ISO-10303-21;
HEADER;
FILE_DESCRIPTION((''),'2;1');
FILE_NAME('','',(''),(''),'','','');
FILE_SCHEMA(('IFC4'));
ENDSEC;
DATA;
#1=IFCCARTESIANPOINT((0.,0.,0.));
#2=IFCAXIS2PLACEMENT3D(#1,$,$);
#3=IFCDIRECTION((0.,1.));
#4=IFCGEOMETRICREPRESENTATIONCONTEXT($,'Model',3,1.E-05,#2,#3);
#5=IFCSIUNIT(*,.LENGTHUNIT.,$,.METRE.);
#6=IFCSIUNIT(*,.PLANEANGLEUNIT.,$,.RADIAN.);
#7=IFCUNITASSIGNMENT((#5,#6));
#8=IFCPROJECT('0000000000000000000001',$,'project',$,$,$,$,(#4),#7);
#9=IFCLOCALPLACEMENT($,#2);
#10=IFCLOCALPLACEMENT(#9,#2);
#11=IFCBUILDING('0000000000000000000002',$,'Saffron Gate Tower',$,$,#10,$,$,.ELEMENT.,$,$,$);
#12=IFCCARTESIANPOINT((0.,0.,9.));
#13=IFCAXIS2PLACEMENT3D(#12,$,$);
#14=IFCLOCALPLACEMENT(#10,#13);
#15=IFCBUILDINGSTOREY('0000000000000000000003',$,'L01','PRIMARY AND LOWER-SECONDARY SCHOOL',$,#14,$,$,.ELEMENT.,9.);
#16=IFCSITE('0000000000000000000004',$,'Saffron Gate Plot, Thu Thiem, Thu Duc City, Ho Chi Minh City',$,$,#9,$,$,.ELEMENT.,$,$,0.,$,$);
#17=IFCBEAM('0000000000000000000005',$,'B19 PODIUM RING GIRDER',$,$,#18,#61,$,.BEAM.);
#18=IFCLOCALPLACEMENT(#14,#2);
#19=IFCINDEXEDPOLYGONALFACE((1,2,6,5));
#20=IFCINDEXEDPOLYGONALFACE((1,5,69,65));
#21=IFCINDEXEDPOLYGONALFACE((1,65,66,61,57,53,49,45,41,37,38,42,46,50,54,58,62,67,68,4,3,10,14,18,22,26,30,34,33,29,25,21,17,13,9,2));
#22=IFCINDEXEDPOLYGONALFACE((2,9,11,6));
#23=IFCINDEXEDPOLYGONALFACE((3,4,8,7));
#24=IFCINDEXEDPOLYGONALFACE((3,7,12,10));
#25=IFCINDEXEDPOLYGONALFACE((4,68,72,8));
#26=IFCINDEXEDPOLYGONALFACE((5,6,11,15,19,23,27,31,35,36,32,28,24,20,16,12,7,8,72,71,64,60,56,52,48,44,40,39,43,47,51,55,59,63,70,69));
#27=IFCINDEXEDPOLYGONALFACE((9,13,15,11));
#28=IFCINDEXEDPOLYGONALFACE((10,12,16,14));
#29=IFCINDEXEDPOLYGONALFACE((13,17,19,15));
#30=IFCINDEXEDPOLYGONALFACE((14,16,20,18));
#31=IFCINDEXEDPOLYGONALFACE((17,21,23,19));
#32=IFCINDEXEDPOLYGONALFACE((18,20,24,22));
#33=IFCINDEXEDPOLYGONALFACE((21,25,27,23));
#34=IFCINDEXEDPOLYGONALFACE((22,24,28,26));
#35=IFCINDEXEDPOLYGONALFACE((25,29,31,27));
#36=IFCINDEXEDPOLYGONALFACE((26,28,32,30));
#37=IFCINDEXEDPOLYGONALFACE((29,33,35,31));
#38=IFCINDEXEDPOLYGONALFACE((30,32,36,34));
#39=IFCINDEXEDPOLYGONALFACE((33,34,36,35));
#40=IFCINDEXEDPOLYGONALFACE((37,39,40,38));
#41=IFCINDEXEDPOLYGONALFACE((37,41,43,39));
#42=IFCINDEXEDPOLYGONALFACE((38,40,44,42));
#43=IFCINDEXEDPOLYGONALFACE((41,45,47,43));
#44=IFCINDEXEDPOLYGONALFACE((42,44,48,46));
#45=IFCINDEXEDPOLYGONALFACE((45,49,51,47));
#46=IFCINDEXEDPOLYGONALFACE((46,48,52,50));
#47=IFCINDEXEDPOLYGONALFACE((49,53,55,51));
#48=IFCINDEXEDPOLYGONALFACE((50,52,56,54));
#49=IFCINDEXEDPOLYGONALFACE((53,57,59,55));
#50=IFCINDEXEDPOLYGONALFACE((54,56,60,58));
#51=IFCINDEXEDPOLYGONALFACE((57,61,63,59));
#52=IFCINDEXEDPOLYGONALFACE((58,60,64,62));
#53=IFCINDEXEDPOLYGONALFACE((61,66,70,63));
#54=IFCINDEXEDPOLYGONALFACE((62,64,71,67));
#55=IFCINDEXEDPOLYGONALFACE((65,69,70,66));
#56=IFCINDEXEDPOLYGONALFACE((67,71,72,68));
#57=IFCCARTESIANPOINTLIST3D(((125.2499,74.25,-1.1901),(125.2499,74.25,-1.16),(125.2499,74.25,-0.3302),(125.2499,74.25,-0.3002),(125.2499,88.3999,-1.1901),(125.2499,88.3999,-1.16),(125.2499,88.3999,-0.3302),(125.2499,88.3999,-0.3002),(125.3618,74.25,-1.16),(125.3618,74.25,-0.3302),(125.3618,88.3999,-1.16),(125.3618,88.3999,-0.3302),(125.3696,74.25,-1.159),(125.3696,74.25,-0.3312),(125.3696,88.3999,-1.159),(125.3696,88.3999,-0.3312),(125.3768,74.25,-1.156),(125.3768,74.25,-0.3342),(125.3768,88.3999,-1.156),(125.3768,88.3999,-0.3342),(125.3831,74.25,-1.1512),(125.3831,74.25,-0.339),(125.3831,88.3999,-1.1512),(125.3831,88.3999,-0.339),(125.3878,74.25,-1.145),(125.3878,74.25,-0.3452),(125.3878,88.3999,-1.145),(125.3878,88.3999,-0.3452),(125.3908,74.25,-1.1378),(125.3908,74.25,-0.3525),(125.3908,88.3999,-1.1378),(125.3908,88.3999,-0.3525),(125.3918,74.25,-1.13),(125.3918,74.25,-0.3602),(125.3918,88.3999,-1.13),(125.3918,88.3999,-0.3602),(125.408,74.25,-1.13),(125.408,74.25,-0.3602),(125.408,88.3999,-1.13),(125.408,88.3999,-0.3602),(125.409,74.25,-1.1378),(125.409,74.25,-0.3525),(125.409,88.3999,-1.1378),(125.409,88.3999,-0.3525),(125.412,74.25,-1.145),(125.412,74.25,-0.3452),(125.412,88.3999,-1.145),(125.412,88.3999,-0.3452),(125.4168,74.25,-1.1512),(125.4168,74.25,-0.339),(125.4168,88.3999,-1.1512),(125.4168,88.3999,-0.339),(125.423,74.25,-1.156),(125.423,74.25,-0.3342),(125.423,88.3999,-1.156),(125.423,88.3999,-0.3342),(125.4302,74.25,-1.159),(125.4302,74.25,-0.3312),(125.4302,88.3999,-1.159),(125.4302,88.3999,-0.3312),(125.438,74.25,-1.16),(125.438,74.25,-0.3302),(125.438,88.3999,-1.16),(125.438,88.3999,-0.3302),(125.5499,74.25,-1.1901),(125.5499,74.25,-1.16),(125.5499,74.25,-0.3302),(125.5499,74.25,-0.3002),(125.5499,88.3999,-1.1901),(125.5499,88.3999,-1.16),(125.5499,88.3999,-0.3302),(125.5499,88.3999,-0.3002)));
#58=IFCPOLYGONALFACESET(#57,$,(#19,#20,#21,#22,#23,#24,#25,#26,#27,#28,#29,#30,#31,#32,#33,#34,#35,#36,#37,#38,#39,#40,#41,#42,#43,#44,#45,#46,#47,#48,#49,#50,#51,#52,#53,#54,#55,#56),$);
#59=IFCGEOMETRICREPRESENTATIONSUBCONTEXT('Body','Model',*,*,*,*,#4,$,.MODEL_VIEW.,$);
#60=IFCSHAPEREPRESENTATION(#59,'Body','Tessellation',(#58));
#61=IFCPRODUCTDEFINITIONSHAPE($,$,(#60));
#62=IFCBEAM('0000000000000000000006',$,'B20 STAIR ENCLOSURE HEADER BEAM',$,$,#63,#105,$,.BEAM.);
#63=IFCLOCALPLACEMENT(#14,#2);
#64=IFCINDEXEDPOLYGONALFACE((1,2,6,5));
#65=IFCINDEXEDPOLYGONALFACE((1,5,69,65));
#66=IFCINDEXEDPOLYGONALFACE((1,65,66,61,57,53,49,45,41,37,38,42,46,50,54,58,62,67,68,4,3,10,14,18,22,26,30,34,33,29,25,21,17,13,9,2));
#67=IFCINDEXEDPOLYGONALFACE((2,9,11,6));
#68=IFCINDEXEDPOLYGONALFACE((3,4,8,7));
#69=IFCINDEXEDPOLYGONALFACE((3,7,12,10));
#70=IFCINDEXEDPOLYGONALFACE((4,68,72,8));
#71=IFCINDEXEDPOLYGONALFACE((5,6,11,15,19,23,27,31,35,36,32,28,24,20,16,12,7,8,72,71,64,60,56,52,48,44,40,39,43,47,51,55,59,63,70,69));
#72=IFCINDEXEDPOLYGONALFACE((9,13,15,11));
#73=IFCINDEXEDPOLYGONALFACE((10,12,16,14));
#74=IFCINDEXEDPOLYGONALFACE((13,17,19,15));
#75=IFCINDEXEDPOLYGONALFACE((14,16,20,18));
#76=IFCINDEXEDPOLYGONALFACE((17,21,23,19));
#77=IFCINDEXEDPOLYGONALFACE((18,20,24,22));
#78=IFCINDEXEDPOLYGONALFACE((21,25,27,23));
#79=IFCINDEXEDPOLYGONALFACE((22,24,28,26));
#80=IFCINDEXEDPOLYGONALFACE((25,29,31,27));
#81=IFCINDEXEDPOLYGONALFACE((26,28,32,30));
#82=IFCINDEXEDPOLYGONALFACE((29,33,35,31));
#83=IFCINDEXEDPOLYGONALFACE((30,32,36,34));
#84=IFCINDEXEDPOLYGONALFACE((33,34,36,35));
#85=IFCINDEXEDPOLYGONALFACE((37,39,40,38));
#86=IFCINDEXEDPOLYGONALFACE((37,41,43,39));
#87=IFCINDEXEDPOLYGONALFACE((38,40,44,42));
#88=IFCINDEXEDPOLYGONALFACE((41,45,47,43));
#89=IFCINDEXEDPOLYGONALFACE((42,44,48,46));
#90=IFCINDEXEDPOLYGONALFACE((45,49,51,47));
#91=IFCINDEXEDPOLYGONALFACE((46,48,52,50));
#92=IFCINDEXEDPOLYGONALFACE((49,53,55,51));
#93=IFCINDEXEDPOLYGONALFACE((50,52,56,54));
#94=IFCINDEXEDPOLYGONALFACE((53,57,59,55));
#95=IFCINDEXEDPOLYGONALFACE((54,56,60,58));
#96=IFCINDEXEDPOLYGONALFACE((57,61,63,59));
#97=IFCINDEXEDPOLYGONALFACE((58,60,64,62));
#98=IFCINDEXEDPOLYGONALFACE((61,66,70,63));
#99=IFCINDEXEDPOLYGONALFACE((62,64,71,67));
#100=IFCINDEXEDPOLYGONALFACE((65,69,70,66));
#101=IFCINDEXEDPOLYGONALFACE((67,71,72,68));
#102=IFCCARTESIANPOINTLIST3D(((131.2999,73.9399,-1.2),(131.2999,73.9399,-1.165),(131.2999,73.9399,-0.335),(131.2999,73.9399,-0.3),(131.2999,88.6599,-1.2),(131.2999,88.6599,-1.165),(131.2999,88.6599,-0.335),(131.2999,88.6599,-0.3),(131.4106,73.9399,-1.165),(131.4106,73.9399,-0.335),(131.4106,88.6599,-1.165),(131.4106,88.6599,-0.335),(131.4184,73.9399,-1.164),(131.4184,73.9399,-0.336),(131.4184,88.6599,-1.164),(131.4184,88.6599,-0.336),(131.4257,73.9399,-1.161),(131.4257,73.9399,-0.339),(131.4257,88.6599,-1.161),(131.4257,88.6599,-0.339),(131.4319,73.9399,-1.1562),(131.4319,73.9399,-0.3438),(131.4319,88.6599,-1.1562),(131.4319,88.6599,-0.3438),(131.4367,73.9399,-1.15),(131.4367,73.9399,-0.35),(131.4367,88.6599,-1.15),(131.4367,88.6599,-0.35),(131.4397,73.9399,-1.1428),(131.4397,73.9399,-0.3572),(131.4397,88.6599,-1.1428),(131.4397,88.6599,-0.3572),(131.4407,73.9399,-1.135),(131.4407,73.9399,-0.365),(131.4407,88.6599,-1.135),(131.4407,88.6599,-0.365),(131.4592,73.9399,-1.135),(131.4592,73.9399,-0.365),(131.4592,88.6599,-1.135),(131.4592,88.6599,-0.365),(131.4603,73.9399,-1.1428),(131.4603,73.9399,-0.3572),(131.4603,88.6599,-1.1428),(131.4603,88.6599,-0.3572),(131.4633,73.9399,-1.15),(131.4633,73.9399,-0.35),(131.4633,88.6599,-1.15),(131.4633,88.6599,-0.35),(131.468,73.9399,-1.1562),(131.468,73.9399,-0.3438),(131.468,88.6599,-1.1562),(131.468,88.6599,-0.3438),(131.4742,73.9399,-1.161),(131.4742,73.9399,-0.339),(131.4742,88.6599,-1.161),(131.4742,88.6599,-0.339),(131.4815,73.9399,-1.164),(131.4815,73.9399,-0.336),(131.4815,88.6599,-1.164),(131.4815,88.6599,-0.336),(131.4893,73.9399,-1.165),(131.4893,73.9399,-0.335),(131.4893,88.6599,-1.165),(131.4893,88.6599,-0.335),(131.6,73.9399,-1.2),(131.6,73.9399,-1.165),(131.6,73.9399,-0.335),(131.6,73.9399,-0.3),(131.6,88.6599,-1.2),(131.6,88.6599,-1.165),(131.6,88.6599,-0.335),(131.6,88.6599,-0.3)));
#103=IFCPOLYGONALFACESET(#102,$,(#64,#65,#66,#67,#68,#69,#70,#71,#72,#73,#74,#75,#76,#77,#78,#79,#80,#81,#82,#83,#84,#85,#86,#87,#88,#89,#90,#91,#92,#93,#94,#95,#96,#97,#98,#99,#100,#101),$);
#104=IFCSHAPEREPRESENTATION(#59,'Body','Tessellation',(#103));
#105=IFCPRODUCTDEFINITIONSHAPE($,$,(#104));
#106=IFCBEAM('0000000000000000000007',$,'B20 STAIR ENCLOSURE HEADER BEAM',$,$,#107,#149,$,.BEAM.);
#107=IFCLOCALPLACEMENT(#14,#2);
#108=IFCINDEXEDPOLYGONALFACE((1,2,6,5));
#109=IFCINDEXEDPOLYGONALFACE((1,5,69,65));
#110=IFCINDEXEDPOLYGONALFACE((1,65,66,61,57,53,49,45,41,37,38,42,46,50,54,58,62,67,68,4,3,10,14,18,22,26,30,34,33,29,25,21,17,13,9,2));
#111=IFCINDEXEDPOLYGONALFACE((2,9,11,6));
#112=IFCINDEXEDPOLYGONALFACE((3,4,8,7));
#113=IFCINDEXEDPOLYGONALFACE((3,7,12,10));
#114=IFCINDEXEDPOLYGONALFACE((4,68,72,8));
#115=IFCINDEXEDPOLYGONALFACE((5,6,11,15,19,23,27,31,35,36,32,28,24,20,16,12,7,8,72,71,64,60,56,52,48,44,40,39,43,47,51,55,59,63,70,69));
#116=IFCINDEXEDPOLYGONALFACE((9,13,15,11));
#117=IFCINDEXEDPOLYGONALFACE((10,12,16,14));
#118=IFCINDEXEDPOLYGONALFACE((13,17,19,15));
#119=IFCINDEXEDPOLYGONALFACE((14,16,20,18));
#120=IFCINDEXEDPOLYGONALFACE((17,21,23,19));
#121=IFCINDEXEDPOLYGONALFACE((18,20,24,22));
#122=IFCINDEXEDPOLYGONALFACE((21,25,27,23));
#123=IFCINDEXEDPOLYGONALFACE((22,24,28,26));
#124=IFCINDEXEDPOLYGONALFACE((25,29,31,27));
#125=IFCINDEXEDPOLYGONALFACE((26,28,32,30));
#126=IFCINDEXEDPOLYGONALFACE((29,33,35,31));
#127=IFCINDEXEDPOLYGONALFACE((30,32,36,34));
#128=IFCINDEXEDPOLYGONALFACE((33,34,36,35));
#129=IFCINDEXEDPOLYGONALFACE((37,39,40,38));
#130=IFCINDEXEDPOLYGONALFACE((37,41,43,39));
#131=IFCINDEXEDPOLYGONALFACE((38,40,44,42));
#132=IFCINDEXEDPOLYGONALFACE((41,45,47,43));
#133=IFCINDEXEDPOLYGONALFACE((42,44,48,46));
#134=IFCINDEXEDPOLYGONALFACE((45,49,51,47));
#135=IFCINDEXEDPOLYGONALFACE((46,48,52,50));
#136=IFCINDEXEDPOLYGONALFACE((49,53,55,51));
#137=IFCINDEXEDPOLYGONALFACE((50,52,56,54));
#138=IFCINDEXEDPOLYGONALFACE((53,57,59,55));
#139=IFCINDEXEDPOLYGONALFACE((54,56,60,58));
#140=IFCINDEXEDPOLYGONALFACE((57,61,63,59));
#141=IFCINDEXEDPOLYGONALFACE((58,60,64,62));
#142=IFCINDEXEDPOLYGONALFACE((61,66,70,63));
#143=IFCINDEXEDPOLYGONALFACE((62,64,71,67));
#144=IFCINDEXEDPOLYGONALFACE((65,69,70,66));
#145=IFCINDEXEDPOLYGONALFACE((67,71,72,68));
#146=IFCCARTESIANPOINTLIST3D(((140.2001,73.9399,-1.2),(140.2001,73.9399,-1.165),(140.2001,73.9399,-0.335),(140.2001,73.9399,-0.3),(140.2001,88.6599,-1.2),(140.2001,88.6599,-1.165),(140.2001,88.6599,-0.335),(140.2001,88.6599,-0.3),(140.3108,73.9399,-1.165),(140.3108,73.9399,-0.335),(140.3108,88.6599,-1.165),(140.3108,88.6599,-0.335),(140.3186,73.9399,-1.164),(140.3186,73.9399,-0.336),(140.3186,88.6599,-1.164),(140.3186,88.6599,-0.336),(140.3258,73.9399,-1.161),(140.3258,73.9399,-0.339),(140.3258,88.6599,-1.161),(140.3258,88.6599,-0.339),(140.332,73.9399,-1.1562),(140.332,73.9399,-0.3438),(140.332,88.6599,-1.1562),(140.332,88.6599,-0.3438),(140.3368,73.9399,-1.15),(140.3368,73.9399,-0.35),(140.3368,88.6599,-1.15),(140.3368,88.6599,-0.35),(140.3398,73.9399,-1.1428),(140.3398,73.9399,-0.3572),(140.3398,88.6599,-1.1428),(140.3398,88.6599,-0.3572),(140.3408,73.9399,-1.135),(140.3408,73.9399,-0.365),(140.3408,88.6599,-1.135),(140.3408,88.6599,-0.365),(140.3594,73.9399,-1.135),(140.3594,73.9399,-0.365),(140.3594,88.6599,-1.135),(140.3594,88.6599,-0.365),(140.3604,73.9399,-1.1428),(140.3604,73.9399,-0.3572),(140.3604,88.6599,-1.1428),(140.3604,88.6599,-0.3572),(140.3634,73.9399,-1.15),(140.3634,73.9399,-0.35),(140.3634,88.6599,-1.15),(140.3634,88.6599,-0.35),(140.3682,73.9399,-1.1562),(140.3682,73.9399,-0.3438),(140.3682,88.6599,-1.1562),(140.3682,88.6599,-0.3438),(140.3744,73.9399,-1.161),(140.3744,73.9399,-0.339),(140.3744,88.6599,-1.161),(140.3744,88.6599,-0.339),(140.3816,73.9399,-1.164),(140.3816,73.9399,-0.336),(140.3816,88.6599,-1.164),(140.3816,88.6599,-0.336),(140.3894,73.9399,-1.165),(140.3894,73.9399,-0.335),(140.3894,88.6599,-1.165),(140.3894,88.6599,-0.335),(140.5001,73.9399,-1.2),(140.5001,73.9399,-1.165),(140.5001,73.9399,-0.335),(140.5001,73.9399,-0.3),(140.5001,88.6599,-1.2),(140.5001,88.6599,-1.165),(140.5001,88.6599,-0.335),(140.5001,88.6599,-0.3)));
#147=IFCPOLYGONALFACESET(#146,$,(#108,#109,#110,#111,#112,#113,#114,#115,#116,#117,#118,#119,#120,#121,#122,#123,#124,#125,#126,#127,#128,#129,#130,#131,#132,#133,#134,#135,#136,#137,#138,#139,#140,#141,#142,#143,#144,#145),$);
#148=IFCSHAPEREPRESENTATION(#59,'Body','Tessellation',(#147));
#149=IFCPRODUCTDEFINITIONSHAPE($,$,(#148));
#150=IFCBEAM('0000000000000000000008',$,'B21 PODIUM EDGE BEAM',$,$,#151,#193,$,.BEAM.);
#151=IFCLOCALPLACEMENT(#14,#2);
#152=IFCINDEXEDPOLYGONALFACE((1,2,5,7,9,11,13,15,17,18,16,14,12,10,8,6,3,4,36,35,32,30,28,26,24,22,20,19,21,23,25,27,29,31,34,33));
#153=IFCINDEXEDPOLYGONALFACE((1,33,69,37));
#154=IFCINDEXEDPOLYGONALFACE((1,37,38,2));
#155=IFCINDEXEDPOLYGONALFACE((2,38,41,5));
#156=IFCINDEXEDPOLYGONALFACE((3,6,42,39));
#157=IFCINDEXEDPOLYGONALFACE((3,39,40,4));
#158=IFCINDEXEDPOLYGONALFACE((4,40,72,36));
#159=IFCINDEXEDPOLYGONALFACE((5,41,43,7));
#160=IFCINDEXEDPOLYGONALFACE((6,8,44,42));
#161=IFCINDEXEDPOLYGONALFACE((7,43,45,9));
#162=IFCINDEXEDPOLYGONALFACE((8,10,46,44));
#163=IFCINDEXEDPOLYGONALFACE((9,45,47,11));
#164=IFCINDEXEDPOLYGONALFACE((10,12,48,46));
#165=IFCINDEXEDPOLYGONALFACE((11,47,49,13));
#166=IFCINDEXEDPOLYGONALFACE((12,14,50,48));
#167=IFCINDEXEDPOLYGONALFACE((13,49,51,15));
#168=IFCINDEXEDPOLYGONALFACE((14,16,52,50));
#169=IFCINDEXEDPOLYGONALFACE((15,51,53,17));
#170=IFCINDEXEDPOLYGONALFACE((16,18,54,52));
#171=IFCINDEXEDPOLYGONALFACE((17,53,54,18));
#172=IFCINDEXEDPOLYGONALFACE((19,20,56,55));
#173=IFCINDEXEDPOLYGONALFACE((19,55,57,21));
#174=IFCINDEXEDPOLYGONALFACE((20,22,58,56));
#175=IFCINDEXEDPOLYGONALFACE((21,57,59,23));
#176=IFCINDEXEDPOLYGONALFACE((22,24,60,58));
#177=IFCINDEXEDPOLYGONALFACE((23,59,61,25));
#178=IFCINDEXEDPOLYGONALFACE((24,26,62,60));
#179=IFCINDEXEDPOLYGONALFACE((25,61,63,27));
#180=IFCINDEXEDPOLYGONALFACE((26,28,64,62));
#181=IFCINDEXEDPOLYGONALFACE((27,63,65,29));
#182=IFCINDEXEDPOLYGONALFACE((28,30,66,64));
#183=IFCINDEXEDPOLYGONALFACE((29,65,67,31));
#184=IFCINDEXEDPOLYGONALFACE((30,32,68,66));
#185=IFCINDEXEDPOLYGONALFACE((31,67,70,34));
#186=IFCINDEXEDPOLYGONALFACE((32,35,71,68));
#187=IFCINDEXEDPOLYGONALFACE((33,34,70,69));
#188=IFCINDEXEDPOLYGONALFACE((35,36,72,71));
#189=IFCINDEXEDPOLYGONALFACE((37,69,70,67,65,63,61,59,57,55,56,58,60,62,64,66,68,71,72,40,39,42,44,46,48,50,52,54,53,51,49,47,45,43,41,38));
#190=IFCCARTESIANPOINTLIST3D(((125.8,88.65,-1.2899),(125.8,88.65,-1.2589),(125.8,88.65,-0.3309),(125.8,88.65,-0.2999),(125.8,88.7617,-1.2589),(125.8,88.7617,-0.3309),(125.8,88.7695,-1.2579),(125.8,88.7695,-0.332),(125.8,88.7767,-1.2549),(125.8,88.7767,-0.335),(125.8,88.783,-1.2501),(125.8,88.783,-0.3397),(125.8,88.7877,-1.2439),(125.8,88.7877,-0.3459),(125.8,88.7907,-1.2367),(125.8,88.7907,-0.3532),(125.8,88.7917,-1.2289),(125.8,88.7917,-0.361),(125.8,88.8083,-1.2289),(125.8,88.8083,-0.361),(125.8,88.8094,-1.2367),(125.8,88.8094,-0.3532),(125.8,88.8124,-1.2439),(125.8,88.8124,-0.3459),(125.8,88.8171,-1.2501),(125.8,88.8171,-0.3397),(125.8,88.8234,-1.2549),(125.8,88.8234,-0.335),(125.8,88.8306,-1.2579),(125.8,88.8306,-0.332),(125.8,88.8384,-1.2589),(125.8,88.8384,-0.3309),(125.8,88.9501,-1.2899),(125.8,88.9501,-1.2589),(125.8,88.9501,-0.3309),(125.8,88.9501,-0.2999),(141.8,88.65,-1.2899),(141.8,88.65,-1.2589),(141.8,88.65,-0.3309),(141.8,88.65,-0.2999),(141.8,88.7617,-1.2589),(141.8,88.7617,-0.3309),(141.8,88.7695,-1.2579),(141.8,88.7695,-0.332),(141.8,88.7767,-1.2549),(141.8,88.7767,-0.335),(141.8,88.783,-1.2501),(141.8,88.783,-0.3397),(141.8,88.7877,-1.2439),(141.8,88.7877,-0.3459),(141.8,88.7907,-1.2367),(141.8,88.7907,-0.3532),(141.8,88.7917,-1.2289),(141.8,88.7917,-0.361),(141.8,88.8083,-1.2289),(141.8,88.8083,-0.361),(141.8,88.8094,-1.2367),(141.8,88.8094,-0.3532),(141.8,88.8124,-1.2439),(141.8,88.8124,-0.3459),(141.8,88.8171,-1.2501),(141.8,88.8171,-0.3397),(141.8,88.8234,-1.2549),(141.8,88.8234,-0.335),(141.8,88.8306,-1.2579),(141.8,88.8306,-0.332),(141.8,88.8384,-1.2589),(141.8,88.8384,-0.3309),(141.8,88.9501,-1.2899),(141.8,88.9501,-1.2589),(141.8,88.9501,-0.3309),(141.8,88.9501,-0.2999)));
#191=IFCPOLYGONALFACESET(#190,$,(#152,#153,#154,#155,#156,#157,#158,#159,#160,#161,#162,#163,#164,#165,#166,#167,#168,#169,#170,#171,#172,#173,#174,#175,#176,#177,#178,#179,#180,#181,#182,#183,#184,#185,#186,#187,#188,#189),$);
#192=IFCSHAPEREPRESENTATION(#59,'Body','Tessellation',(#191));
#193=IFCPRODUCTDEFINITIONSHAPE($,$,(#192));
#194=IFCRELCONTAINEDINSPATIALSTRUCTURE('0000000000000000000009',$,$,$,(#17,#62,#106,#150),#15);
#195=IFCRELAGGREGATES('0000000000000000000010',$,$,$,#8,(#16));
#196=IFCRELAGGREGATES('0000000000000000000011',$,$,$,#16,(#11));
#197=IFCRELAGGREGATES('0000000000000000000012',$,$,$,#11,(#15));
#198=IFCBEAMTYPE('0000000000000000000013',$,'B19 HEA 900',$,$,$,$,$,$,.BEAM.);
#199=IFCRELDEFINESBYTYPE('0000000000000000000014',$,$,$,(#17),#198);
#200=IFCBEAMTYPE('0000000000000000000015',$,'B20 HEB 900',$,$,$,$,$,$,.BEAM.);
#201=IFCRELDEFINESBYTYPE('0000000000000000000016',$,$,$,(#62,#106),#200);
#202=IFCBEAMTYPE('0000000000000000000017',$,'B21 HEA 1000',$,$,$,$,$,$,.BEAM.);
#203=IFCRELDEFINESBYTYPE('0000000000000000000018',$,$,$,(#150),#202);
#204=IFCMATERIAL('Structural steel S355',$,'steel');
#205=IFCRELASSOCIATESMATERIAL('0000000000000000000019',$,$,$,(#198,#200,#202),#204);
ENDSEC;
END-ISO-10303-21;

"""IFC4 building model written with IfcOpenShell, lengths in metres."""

from ifc_helpers import new_model, si_unit, direction, frame, origin, origin_2d, place, context, subcontext, project, spatial, i_section, extrude, material, material_profile, profile_set, type_object, element, save


model = new_model("IFC4")

# Units and contexts
model_context = context("Model", 3, precision=1e-05, world=origin(), true_north=direction((0.0, 1.0)))
body_context = subcontext(model_context, "Body", "Model", "MODEL_VIEW")
ifc_project = project(units=[si_unit("LENGTHUNIT", "METRE"), si_unit("PLANEANGLEUNIT", "RADIAN")], contexts=[model_context])

# Site, building, storey
site_placement = place(None, origin())
site = spatial("IfcSite", under=ifc_project, at=site_placement, Name="Saffron Gate Plot, Thu Thiem, Thu Duc City, Ho Chi Minh City", CompositionType="ELEMENT", RefElevation=0.0)
building_placement = place(site_placement, origin())
building = spatial("IfcBuilding", under=site, at=building_placement, Name="Saffron Gate Tower", CompositionType="ELEMENT")
storey_placement = place(building_placement, frame((0.0, 0.0, 9.0)))
storey = spatial("IfcBuildingStorey", under=building, at=storey_placement, Name="L01", Description="PRIMARY AND LOWER-SECONDARY SCHOOL", CompositionType="ELEMENT", Elevation=9.0)

# Beams
ifc_material_1 = material(Name="Structural steel S355", Category="steel")
ifc_material_profile_1 = material_profile(ifc_material_1, i_section(OverallWidth=0.3, OverallDepth=0.8899, WebThickness=0.0161, FlangeThickness=0.03, FilletRadius=0.03, at=origin_2d()))
ifc_profile_set_1 = profile_set([ifc_material_profile_1], Name="Structural steel S355")
beam_type_1 = type_object("IfcBeamType", Name="B19 HEA 900", PredefinedType="BEAM", material=ifc_profile_set_1)
beam_1_placement = place(storey_placement, frame((125.3999, 88.3999, -0.7451), z_axis=(0.0, -1.0, 0.0), x_axis=(1.0, 0.0, 0.0)))
element("IfcBeam", 1, at=beam_1_placement, inside=storey, type_object=beam_type_1, Name="B19 PODIUM RING GIRDER", PredefinedType="BEAM", context=body_context, shape_type="SweptSolid", body=[
    extrude(i_section(OverallWidth=0.3, OverallDepth=0.8899, WebThickness=0.0161, FlangeThickness=0.03, FilletRadius=0.03, at=origin_2d()), origin(), (0.0, 0.0, 1.0), 14.1499),
])
ifc_material_profile_2 = material_profile(ifc_material_1, i_section(OverallWidth=0.3, OverallDepth=0.8999, WebThickness=0.0186, FlangeThickness=0.0349, FilletRadius=0.03, at=origin_2d()))
ifc_profile_set_2 = profile_set([ifc_material_profile_2], Name="Structural steel S355")
beam_type_2 = type_object("IfcBeamType", Name="B20 HEB 900", PredefinedType="BEAM", material=ifc_profile_set_2)
for number, where, z_axis, x_axis, name in (
    (2, (131.45, 73.9399, -0.75), (0.0, 1.0, 0.0), (-1.0, 0.0, 0.0), "B20 STAIR ENCLOSURE HEADER BEAM"),
    (3, (140.3501, 73.9399, -0.75), (0.0, 1.0, 0.0), (-1.0, 0.0, 0.0), "B20 STAIR ENCLOSURE HEADER BEAM"),
):
    element("IfcBeam", number, at=place(storey_placement, frame(where, z_axis=z_axis, x_axis=x_axis)), inside=storey, type_object=beam_type_2, Name=name, PredefinedType="BEAM", context=body_context, shape_type="SweptSolid", body=[
        extrude(i_section(OverallWidth=0.3, OverallDepth=0.8999, WebThickness=0.0186, FlangeThickness=0.0349, FilletRadius=0.03, at=origin_2d()), origin(), (0.0, 0.0, 1.0), 14.72),
    ])
ifc_material_profile_3 = material_profile(ifc_material_1, i_section(OverallWidth=0.3, OverallDepth=0.99, WebThickness=0.0166, FlangeThickness=0.031, FilletRadius=0.03, at=origin_2d()))
ifc_profile_set_3 = profile_set([ifc_material_profile_3], Name="Structural steel S355")
beam_type_3 = type_object("IfcBeamType", Name="B21 HEA 1000", PredefinedType="BEAM", material=ifc_profile_set_3)
beam_2_placement = place(storey_placement, frame((125.8, 88.8, -0.7949), z_axis=(1.0, 0.0, 0.0), x_axis=(0.0, 1.0, 0.0)))
element("IfcBeam", 4, at=beam_2_placement, inside=storey, type_object=beam_type_3, Name="B21 PODIUM EDGE BEAM", PredefinedType="BEAM", context=body_context, shape_type="SweptSolid", body=[
    extrude(i_section(OverallWidth=0.3, OverallDepth=0.99, WebThickness=0.0166, FlangeThickness=0.031, FilletRadius=0.03, at=origin_2d()), origin(), (0.0, 0.0, 1.0), 16.0),
])

save(model, "model.ifc")
